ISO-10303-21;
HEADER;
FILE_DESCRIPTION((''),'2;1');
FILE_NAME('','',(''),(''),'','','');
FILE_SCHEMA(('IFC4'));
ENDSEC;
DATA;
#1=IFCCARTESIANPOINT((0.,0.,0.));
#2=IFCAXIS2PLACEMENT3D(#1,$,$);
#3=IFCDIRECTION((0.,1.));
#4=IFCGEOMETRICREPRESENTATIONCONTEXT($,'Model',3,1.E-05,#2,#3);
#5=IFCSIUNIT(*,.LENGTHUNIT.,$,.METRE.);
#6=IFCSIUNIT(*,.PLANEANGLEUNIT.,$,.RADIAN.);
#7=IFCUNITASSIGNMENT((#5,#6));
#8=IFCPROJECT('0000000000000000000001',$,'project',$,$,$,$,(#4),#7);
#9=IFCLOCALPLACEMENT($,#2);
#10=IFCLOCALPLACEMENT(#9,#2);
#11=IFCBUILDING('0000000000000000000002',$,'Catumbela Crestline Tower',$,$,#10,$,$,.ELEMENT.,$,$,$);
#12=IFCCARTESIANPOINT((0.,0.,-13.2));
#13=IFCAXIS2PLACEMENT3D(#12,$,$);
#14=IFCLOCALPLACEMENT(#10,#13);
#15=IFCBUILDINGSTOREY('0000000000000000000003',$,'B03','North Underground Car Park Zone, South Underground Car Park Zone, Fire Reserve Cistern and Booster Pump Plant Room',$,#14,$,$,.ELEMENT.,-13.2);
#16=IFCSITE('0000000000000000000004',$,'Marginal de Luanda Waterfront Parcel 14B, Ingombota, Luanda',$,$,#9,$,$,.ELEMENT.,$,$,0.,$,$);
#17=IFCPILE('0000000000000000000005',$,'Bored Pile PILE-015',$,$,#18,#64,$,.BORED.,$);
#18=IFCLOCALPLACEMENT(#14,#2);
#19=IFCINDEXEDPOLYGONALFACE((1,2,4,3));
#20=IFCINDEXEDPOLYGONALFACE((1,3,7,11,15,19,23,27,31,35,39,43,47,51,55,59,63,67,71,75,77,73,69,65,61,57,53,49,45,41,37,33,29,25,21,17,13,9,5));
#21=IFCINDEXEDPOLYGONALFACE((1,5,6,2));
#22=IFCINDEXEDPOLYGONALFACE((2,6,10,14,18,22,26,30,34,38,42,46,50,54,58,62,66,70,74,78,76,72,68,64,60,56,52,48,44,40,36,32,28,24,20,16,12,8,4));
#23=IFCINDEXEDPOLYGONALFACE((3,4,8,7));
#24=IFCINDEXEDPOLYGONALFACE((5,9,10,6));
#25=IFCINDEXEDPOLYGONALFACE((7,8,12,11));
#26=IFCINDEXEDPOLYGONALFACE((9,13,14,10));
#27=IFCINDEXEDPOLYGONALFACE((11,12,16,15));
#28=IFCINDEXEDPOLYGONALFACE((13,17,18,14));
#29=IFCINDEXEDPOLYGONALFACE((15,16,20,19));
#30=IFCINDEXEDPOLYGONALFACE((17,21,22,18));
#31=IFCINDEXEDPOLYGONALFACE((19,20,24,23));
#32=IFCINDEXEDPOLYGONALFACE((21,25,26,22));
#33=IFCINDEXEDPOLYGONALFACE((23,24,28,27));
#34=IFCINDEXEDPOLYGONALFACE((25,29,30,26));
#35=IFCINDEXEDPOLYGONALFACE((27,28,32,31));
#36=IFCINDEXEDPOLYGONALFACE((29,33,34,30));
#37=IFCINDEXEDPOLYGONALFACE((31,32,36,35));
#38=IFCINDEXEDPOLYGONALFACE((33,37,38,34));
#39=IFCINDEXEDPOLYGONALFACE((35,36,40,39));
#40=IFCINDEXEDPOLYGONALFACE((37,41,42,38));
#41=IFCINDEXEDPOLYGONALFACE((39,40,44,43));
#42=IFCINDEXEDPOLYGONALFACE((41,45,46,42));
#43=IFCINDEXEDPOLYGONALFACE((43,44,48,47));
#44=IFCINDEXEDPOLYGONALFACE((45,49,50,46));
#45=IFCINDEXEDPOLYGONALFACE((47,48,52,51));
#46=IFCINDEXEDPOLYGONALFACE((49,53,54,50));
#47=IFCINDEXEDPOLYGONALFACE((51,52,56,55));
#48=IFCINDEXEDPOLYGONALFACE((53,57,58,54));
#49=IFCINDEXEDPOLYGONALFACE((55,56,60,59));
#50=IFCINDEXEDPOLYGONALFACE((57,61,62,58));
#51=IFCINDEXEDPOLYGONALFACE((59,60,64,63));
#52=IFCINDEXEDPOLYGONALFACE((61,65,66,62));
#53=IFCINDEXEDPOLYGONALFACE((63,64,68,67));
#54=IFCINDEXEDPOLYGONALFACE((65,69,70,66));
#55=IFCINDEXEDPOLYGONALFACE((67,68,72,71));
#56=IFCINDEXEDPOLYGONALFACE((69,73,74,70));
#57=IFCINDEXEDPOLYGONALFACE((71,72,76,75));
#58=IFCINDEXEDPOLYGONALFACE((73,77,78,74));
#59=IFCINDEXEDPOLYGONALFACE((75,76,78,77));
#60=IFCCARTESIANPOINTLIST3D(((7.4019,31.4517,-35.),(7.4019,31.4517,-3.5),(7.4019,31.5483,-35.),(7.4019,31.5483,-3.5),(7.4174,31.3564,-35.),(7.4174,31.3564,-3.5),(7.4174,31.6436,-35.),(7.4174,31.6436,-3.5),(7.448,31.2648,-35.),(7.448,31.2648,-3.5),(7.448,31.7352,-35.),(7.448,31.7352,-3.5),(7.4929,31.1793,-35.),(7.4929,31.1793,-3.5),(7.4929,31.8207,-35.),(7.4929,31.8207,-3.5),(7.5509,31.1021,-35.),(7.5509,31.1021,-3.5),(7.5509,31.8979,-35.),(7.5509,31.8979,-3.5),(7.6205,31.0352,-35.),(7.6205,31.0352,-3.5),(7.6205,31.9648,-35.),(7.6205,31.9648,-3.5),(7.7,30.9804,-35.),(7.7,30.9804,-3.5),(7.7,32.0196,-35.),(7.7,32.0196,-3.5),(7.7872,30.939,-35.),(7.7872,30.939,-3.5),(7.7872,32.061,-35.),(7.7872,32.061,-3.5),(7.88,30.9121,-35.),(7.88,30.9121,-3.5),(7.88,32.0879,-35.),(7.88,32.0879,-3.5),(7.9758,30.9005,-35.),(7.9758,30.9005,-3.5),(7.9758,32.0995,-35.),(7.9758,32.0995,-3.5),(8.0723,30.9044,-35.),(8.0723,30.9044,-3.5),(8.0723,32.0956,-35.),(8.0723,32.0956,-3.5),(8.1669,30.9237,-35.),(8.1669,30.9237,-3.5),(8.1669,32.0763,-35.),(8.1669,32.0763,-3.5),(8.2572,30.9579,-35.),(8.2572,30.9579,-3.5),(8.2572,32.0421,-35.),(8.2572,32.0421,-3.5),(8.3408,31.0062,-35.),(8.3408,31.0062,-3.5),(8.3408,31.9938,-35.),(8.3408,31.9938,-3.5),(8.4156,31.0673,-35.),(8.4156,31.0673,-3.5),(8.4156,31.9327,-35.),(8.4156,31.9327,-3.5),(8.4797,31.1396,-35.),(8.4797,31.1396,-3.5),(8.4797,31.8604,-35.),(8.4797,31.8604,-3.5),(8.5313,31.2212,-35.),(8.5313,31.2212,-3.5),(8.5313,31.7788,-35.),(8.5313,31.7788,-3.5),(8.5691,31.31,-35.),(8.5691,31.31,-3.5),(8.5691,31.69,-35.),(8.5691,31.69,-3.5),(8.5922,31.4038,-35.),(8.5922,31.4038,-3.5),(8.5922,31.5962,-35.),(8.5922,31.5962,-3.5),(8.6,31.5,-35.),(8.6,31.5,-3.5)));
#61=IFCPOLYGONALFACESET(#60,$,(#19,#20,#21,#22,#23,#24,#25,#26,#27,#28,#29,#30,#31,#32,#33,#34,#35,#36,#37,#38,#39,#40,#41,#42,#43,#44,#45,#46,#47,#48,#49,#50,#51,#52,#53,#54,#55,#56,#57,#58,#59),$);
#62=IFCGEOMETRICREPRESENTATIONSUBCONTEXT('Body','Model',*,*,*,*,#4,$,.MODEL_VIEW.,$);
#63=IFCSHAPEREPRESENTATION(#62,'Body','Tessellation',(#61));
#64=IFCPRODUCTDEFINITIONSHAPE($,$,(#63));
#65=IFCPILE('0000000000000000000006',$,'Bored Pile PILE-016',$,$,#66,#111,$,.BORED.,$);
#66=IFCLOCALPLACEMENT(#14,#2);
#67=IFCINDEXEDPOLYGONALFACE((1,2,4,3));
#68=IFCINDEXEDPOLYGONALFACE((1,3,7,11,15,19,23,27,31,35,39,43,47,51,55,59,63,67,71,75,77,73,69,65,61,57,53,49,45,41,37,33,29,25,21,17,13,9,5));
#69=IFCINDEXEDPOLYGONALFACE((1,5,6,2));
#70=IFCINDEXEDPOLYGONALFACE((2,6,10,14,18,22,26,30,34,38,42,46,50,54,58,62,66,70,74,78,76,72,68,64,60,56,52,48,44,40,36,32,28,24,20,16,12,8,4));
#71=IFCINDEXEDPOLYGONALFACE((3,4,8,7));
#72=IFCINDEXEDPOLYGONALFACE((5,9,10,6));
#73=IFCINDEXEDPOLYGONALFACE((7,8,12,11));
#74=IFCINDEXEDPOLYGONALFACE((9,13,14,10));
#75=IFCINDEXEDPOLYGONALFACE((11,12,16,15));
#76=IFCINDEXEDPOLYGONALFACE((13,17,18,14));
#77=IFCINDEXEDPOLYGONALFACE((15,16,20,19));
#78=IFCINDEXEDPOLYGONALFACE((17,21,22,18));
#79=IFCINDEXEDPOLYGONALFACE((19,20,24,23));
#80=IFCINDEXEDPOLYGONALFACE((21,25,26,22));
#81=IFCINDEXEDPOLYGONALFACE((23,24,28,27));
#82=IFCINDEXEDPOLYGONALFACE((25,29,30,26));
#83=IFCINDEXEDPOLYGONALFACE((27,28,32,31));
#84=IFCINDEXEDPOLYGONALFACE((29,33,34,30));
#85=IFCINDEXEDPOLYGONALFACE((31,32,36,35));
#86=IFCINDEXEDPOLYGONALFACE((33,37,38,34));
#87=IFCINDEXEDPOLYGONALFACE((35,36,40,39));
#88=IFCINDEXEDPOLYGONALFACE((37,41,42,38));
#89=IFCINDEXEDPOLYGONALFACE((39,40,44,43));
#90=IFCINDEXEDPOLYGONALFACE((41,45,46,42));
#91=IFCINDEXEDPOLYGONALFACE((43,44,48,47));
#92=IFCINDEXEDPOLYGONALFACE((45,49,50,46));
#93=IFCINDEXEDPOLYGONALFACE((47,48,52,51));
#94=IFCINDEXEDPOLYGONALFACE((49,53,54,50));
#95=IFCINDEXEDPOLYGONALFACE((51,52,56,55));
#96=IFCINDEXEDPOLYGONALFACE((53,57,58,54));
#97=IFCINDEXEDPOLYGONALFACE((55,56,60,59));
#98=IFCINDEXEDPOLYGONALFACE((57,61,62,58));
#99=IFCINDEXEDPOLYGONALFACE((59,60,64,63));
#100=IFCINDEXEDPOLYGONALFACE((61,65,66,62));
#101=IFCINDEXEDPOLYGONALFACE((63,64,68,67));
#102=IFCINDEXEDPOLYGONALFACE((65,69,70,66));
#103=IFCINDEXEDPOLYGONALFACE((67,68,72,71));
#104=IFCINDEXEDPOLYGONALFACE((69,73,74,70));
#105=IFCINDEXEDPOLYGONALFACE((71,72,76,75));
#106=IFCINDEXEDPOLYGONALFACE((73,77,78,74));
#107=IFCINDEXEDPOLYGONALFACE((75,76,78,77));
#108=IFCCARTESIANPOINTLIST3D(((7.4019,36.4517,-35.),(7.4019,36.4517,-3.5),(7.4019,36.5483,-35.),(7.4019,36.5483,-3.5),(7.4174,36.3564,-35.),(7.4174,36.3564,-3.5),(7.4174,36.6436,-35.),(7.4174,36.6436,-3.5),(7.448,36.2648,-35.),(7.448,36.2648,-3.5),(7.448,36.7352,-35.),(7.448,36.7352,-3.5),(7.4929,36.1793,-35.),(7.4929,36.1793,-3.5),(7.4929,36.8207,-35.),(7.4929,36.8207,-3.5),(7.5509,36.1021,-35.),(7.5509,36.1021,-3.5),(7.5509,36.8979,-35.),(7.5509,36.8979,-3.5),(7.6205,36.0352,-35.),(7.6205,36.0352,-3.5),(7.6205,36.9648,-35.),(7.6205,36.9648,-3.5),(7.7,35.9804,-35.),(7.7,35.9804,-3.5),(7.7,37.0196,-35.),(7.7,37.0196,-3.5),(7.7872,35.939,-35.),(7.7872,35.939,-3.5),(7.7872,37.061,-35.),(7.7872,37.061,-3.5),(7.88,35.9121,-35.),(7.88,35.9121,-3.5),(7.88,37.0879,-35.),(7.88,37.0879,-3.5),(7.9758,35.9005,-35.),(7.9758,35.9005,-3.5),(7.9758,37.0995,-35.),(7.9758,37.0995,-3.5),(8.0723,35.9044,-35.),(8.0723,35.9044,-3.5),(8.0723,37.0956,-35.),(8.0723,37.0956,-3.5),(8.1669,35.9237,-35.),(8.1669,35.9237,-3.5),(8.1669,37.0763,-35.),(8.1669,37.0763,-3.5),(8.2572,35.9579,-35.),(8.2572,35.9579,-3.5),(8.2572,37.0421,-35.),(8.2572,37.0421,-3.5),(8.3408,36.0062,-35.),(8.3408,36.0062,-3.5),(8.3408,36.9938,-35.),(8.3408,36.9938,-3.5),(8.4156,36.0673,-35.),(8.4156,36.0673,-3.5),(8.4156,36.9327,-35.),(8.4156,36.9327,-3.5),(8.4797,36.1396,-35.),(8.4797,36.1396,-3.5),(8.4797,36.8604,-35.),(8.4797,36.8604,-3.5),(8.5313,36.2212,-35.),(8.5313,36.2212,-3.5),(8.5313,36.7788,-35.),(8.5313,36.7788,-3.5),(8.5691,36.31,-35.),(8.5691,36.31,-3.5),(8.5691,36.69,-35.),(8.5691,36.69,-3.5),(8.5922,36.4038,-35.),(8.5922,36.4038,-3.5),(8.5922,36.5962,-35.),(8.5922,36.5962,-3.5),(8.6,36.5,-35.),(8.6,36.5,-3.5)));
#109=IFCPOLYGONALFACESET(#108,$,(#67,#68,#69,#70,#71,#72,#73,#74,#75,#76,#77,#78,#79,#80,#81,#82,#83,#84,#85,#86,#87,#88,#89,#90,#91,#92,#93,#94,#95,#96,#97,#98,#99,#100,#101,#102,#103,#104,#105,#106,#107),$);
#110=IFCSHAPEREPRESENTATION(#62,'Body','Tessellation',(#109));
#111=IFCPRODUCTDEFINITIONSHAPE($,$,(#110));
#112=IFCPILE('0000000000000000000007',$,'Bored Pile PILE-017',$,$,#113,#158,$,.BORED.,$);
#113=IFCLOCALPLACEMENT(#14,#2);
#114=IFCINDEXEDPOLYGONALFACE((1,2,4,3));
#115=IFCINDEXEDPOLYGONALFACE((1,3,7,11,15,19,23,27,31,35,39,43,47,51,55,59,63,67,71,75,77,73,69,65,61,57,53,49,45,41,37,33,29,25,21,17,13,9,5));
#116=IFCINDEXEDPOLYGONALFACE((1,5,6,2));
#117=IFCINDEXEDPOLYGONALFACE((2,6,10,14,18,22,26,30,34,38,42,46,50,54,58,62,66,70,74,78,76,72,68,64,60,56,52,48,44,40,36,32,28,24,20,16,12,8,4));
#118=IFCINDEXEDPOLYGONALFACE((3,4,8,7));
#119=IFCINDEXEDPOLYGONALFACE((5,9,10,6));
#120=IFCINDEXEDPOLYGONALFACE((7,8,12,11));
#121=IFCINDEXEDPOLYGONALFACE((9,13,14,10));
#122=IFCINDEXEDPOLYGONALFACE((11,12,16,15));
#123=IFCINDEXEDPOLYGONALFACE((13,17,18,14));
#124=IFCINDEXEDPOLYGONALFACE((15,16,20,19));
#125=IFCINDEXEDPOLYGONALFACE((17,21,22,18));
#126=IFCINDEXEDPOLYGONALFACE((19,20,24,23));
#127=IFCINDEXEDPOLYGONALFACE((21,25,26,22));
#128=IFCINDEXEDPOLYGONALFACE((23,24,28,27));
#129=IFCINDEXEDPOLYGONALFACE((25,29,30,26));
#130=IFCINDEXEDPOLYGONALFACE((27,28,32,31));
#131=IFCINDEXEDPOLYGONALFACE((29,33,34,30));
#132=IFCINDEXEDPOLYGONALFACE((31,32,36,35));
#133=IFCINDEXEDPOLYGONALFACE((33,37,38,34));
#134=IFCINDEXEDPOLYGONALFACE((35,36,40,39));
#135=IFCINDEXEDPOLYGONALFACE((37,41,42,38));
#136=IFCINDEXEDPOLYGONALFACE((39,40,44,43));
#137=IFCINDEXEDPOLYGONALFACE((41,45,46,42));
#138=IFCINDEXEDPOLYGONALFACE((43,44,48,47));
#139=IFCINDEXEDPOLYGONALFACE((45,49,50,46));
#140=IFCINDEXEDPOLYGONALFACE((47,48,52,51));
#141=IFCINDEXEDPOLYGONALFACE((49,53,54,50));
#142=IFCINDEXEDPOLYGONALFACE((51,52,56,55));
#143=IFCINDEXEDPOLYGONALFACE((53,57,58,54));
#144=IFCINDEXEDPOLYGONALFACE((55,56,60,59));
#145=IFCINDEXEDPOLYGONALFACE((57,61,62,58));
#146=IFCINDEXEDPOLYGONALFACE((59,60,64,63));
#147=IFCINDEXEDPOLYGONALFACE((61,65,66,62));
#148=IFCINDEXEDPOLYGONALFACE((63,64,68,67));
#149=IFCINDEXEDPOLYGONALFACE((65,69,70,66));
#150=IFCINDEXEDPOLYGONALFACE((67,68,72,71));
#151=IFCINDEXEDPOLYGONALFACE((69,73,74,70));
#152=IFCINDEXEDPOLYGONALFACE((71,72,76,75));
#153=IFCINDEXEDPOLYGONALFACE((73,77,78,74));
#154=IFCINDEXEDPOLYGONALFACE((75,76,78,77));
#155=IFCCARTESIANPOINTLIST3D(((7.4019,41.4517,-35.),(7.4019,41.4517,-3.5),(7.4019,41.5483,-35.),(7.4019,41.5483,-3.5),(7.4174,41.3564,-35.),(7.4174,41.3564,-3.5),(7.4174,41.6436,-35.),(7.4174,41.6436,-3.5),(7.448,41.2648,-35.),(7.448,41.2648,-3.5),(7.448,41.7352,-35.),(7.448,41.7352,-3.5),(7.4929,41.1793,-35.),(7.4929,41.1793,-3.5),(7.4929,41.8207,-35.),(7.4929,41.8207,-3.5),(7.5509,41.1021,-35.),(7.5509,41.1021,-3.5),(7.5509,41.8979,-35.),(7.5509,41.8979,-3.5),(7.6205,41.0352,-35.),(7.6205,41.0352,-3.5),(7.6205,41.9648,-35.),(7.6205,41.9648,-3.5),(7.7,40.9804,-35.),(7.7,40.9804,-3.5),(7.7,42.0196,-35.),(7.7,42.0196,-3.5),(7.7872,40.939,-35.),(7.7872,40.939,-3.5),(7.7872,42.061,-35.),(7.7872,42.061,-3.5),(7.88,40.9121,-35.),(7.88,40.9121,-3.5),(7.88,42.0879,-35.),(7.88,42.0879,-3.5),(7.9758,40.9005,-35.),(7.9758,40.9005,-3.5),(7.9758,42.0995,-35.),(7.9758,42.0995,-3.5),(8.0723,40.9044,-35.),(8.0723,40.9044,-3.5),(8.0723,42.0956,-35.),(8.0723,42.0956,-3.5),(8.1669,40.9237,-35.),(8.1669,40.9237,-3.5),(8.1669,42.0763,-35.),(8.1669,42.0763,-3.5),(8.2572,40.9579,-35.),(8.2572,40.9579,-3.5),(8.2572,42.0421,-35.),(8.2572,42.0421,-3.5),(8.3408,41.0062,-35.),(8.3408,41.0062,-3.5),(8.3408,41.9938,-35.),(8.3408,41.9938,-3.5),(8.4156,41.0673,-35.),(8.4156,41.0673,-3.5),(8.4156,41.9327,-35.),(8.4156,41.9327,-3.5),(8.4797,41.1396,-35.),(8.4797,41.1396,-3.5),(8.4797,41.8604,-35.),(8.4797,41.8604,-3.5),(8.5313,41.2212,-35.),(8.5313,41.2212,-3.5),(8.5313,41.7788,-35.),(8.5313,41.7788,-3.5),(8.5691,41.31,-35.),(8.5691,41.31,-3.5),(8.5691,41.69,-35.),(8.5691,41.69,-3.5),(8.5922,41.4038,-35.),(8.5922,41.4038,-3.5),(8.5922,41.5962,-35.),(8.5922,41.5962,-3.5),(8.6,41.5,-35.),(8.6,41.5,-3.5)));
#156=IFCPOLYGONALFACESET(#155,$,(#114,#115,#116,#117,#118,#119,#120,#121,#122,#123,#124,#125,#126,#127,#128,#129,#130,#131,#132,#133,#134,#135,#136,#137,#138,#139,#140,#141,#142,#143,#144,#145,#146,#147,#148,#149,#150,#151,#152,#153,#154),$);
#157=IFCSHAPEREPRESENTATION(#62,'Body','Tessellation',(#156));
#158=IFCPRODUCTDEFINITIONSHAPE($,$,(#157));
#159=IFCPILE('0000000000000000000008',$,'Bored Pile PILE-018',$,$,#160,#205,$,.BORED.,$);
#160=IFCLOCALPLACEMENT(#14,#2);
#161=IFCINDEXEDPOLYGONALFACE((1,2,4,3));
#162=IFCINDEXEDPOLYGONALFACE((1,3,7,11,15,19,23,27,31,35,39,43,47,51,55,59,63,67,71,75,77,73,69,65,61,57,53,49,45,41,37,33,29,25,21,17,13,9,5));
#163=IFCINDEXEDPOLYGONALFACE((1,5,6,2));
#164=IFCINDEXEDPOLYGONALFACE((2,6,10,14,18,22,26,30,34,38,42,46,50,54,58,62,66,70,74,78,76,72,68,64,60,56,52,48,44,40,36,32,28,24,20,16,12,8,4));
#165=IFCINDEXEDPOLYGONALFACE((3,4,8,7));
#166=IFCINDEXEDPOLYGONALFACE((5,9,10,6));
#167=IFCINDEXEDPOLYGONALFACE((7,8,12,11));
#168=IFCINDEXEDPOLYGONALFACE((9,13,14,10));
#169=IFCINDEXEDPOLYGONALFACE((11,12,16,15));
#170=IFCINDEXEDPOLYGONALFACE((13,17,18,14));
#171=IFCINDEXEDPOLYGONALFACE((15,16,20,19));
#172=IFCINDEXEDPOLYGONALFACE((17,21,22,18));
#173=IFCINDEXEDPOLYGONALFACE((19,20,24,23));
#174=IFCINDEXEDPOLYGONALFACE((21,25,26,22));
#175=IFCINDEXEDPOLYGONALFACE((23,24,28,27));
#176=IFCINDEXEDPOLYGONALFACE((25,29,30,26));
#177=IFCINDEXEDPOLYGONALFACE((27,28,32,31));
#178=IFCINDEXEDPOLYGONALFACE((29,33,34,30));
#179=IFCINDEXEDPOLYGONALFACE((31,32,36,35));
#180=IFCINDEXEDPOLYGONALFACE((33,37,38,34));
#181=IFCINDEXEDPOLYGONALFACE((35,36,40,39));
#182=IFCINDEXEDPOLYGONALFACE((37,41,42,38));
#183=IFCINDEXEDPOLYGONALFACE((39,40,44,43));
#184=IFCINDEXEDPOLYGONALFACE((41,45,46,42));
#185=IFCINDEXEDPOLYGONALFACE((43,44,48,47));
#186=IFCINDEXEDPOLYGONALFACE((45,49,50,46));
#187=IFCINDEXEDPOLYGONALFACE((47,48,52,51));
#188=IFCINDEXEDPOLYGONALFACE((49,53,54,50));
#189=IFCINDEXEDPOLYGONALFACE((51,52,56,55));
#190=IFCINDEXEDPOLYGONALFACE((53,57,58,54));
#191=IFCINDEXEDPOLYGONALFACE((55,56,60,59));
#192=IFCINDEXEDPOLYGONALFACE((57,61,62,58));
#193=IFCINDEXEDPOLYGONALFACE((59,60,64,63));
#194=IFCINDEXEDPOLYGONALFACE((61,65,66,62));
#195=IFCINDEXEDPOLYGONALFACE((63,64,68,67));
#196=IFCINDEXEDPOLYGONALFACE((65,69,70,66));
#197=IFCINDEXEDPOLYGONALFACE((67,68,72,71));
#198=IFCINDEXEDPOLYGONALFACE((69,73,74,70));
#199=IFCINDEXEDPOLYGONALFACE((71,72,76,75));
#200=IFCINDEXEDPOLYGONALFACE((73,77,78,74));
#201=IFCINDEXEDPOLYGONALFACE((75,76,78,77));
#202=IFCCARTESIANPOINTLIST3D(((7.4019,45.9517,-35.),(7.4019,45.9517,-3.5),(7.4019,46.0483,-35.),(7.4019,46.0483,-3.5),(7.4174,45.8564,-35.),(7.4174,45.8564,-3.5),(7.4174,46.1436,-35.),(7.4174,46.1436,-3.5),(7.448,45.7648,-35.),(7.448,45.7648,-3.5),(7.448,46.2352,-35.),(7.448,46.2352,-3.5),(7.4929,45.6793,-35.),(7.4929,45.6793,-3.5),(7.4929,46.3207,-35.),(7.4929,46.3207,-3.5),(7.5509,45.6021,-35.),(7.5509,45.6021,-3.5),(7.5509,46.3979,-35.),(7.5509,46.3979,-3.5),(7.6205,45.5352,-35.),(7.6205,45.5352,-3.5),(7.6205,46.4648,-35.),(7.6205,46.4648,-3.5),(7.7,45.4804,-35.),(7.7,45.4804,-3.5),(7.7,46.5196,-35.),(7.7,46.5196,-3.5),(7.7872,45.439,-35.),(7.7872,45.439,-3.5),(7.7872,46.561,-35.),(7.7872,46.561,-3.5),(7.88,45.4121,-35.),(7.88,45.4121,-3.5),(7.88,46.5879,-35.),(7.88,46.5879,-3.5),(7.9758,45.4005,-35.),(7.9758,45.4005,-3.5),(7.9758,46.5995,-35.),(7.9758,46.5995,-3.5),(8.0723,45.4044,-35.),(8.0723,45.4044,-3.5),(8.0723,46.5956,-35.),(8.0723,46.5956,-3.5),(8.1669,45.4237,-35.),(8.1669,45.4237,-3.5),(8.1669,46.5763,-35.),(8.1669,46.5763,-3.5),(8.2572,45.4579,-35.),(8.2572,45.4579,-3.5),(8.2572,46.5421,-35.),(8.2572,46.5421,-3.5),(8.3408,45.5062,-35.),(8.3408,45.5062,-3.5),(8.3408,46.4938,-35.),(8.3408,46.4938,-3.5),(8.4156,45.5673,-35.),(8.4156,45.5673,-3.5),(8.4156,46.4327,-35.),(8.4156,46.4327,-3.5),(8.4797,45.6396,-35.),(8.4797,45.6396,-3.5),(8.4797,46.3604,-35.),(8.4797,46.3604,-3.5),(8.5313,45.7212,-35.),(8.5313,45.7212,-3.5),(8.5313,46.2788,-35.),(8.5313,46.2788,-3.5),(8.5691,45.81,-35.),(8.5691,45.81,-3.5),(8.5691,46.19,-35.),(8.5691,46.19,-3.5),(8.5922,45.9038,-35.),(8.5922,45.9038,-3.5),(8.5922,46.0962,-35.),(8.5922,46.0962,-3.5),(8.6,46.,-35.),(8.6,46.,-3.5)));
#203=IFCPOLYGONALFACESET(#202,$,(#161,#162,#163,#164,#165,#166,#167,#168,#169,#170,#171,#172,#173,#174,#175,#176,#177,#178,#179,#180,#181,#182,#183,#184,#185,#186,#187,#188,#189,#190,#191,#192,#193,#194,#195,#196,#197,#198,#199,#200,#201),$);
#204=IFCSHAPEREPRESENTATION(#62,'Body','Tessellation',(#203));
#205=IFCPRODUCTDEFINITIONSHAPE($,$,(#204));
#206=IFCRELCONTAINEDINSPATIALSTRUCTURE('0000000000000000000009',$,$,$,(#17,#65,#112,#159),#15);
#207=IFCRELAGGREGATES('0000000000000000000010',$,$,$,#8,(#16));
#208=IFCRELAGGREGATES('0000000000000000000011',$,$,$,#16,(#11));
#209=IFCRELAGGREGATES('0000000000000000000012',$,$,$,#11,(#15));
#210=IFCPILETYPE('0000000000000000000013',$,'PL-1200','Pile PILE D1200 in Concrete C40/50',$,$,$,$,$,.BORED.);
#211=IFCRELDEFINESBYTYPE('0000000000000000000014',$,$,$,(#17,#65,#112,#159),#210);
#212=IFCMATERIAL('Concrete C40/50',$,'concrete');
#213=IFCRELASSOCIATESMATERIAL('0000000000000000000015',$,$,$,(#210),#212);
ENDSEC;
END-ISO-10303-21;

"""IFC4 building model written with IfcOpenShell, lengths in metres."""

from ifc_helpers import new_model, si_unit, direction, frame, origin, origin_2d, place, context, subcontext, project, spatial, circle, extrude, material, material_profile, profile_set, type_object, element, save


model = new_model("IFC4")

# Units and contexts
model_context = context("Model", 3, precision=1e-05, world=origin(), true_north=direction((0.0, 1.0)))
body_context = subcontext(model_context, "Body", "Model", "MODEL_VIEW")
ifc_project = project(units=[si_unit("LENGTHUNIT", "METRE"), si_unit("PLANEANGLEUNIT", "RADIAN")], contexts=[model_context])

# Site, building, storey
site_placement = place(None, origin())
site = spatial("IfcSite", under=ifc_project, at=site_placement, Name="Marginal de Luanda Waterfront Parcel 14B, Ingombota, Luanda", CompositionType="ELEMENT", RefElevation=0.0)
building_placement = place(site_placement, origin())
building = spatial("IfcBuilding", under=site, at=building_placement, Name="Catumbela Crestline Tower", CompositionType="ELEMENT")
storey_placement = place(building_placement, frame((0.0, 0.0, -13.2)))
storey = spatial("IfcBuildingStorey", under=building, at=storey_placement, Name="B03", Description="North Underground Car Park Zone, South Underground Car Park Zone, Fire Reserve Cistern and Booster Pump Plant Room", CompositionType="ELEMENT", Elevation=-13.2)

# Piles
ifc_material_1 = material(Name="Concrete C40/50", Category="concrete")
ifc_material_profile_1 = material_profile(ifc_material_1, circle(Radius=0.6, at=origin_2d()), Name="PILE D1200")
ifc_profile_set_1 = profile_set([ifc_material_profile_1], Name="Concrete C40/50")
pile_type_1 = type_object("IfcPileType", Name="PL-1200", Description="Pile PILE D1200 in Concrete C40/50", PredefinedType="BORED", material=ifc_profile_set_1)
for number, where, z_axis, x_axis, name in (
    (1, (8.0, 31.5, -3.5), (0.0, 0.0, -1.0), (1.0, 0.0, 0.0), "Bored Pile PILE-015"),
    (2, (8.0, 36.5, -3.5), (0.0, 0.0, -1.0), (1.0, 0.0, 0.0), "Bored Pile PILE-016"),
    (3, (8.0, 41.5, -3.5), (0.0, 0.0, -1.0), (1.0, 0.0, 0.0), "Bored Pile PILE-017"),
    (4, (8.0, 46.0, -3.5), (0.0, 0.0, -1.0), (1.0, 0.0, 0.0), "Bored Pile PILE-018"),
):
    element("IfcPile", number, at=place(storey_placement, frame(where, z_axis=z_axis, x_axis=x_axis)), inside=storey, type_object=pile_type_1, Name=name, PredefinedType="BORED", context=body_context, shape_type="SweptSolid", body=[
        extrude(circle(Radius=0.6, at=origin_2d()), origin(), (0.0, 0.0, 1.0), 31.5),
    ])

save(model, "model.ifc")
